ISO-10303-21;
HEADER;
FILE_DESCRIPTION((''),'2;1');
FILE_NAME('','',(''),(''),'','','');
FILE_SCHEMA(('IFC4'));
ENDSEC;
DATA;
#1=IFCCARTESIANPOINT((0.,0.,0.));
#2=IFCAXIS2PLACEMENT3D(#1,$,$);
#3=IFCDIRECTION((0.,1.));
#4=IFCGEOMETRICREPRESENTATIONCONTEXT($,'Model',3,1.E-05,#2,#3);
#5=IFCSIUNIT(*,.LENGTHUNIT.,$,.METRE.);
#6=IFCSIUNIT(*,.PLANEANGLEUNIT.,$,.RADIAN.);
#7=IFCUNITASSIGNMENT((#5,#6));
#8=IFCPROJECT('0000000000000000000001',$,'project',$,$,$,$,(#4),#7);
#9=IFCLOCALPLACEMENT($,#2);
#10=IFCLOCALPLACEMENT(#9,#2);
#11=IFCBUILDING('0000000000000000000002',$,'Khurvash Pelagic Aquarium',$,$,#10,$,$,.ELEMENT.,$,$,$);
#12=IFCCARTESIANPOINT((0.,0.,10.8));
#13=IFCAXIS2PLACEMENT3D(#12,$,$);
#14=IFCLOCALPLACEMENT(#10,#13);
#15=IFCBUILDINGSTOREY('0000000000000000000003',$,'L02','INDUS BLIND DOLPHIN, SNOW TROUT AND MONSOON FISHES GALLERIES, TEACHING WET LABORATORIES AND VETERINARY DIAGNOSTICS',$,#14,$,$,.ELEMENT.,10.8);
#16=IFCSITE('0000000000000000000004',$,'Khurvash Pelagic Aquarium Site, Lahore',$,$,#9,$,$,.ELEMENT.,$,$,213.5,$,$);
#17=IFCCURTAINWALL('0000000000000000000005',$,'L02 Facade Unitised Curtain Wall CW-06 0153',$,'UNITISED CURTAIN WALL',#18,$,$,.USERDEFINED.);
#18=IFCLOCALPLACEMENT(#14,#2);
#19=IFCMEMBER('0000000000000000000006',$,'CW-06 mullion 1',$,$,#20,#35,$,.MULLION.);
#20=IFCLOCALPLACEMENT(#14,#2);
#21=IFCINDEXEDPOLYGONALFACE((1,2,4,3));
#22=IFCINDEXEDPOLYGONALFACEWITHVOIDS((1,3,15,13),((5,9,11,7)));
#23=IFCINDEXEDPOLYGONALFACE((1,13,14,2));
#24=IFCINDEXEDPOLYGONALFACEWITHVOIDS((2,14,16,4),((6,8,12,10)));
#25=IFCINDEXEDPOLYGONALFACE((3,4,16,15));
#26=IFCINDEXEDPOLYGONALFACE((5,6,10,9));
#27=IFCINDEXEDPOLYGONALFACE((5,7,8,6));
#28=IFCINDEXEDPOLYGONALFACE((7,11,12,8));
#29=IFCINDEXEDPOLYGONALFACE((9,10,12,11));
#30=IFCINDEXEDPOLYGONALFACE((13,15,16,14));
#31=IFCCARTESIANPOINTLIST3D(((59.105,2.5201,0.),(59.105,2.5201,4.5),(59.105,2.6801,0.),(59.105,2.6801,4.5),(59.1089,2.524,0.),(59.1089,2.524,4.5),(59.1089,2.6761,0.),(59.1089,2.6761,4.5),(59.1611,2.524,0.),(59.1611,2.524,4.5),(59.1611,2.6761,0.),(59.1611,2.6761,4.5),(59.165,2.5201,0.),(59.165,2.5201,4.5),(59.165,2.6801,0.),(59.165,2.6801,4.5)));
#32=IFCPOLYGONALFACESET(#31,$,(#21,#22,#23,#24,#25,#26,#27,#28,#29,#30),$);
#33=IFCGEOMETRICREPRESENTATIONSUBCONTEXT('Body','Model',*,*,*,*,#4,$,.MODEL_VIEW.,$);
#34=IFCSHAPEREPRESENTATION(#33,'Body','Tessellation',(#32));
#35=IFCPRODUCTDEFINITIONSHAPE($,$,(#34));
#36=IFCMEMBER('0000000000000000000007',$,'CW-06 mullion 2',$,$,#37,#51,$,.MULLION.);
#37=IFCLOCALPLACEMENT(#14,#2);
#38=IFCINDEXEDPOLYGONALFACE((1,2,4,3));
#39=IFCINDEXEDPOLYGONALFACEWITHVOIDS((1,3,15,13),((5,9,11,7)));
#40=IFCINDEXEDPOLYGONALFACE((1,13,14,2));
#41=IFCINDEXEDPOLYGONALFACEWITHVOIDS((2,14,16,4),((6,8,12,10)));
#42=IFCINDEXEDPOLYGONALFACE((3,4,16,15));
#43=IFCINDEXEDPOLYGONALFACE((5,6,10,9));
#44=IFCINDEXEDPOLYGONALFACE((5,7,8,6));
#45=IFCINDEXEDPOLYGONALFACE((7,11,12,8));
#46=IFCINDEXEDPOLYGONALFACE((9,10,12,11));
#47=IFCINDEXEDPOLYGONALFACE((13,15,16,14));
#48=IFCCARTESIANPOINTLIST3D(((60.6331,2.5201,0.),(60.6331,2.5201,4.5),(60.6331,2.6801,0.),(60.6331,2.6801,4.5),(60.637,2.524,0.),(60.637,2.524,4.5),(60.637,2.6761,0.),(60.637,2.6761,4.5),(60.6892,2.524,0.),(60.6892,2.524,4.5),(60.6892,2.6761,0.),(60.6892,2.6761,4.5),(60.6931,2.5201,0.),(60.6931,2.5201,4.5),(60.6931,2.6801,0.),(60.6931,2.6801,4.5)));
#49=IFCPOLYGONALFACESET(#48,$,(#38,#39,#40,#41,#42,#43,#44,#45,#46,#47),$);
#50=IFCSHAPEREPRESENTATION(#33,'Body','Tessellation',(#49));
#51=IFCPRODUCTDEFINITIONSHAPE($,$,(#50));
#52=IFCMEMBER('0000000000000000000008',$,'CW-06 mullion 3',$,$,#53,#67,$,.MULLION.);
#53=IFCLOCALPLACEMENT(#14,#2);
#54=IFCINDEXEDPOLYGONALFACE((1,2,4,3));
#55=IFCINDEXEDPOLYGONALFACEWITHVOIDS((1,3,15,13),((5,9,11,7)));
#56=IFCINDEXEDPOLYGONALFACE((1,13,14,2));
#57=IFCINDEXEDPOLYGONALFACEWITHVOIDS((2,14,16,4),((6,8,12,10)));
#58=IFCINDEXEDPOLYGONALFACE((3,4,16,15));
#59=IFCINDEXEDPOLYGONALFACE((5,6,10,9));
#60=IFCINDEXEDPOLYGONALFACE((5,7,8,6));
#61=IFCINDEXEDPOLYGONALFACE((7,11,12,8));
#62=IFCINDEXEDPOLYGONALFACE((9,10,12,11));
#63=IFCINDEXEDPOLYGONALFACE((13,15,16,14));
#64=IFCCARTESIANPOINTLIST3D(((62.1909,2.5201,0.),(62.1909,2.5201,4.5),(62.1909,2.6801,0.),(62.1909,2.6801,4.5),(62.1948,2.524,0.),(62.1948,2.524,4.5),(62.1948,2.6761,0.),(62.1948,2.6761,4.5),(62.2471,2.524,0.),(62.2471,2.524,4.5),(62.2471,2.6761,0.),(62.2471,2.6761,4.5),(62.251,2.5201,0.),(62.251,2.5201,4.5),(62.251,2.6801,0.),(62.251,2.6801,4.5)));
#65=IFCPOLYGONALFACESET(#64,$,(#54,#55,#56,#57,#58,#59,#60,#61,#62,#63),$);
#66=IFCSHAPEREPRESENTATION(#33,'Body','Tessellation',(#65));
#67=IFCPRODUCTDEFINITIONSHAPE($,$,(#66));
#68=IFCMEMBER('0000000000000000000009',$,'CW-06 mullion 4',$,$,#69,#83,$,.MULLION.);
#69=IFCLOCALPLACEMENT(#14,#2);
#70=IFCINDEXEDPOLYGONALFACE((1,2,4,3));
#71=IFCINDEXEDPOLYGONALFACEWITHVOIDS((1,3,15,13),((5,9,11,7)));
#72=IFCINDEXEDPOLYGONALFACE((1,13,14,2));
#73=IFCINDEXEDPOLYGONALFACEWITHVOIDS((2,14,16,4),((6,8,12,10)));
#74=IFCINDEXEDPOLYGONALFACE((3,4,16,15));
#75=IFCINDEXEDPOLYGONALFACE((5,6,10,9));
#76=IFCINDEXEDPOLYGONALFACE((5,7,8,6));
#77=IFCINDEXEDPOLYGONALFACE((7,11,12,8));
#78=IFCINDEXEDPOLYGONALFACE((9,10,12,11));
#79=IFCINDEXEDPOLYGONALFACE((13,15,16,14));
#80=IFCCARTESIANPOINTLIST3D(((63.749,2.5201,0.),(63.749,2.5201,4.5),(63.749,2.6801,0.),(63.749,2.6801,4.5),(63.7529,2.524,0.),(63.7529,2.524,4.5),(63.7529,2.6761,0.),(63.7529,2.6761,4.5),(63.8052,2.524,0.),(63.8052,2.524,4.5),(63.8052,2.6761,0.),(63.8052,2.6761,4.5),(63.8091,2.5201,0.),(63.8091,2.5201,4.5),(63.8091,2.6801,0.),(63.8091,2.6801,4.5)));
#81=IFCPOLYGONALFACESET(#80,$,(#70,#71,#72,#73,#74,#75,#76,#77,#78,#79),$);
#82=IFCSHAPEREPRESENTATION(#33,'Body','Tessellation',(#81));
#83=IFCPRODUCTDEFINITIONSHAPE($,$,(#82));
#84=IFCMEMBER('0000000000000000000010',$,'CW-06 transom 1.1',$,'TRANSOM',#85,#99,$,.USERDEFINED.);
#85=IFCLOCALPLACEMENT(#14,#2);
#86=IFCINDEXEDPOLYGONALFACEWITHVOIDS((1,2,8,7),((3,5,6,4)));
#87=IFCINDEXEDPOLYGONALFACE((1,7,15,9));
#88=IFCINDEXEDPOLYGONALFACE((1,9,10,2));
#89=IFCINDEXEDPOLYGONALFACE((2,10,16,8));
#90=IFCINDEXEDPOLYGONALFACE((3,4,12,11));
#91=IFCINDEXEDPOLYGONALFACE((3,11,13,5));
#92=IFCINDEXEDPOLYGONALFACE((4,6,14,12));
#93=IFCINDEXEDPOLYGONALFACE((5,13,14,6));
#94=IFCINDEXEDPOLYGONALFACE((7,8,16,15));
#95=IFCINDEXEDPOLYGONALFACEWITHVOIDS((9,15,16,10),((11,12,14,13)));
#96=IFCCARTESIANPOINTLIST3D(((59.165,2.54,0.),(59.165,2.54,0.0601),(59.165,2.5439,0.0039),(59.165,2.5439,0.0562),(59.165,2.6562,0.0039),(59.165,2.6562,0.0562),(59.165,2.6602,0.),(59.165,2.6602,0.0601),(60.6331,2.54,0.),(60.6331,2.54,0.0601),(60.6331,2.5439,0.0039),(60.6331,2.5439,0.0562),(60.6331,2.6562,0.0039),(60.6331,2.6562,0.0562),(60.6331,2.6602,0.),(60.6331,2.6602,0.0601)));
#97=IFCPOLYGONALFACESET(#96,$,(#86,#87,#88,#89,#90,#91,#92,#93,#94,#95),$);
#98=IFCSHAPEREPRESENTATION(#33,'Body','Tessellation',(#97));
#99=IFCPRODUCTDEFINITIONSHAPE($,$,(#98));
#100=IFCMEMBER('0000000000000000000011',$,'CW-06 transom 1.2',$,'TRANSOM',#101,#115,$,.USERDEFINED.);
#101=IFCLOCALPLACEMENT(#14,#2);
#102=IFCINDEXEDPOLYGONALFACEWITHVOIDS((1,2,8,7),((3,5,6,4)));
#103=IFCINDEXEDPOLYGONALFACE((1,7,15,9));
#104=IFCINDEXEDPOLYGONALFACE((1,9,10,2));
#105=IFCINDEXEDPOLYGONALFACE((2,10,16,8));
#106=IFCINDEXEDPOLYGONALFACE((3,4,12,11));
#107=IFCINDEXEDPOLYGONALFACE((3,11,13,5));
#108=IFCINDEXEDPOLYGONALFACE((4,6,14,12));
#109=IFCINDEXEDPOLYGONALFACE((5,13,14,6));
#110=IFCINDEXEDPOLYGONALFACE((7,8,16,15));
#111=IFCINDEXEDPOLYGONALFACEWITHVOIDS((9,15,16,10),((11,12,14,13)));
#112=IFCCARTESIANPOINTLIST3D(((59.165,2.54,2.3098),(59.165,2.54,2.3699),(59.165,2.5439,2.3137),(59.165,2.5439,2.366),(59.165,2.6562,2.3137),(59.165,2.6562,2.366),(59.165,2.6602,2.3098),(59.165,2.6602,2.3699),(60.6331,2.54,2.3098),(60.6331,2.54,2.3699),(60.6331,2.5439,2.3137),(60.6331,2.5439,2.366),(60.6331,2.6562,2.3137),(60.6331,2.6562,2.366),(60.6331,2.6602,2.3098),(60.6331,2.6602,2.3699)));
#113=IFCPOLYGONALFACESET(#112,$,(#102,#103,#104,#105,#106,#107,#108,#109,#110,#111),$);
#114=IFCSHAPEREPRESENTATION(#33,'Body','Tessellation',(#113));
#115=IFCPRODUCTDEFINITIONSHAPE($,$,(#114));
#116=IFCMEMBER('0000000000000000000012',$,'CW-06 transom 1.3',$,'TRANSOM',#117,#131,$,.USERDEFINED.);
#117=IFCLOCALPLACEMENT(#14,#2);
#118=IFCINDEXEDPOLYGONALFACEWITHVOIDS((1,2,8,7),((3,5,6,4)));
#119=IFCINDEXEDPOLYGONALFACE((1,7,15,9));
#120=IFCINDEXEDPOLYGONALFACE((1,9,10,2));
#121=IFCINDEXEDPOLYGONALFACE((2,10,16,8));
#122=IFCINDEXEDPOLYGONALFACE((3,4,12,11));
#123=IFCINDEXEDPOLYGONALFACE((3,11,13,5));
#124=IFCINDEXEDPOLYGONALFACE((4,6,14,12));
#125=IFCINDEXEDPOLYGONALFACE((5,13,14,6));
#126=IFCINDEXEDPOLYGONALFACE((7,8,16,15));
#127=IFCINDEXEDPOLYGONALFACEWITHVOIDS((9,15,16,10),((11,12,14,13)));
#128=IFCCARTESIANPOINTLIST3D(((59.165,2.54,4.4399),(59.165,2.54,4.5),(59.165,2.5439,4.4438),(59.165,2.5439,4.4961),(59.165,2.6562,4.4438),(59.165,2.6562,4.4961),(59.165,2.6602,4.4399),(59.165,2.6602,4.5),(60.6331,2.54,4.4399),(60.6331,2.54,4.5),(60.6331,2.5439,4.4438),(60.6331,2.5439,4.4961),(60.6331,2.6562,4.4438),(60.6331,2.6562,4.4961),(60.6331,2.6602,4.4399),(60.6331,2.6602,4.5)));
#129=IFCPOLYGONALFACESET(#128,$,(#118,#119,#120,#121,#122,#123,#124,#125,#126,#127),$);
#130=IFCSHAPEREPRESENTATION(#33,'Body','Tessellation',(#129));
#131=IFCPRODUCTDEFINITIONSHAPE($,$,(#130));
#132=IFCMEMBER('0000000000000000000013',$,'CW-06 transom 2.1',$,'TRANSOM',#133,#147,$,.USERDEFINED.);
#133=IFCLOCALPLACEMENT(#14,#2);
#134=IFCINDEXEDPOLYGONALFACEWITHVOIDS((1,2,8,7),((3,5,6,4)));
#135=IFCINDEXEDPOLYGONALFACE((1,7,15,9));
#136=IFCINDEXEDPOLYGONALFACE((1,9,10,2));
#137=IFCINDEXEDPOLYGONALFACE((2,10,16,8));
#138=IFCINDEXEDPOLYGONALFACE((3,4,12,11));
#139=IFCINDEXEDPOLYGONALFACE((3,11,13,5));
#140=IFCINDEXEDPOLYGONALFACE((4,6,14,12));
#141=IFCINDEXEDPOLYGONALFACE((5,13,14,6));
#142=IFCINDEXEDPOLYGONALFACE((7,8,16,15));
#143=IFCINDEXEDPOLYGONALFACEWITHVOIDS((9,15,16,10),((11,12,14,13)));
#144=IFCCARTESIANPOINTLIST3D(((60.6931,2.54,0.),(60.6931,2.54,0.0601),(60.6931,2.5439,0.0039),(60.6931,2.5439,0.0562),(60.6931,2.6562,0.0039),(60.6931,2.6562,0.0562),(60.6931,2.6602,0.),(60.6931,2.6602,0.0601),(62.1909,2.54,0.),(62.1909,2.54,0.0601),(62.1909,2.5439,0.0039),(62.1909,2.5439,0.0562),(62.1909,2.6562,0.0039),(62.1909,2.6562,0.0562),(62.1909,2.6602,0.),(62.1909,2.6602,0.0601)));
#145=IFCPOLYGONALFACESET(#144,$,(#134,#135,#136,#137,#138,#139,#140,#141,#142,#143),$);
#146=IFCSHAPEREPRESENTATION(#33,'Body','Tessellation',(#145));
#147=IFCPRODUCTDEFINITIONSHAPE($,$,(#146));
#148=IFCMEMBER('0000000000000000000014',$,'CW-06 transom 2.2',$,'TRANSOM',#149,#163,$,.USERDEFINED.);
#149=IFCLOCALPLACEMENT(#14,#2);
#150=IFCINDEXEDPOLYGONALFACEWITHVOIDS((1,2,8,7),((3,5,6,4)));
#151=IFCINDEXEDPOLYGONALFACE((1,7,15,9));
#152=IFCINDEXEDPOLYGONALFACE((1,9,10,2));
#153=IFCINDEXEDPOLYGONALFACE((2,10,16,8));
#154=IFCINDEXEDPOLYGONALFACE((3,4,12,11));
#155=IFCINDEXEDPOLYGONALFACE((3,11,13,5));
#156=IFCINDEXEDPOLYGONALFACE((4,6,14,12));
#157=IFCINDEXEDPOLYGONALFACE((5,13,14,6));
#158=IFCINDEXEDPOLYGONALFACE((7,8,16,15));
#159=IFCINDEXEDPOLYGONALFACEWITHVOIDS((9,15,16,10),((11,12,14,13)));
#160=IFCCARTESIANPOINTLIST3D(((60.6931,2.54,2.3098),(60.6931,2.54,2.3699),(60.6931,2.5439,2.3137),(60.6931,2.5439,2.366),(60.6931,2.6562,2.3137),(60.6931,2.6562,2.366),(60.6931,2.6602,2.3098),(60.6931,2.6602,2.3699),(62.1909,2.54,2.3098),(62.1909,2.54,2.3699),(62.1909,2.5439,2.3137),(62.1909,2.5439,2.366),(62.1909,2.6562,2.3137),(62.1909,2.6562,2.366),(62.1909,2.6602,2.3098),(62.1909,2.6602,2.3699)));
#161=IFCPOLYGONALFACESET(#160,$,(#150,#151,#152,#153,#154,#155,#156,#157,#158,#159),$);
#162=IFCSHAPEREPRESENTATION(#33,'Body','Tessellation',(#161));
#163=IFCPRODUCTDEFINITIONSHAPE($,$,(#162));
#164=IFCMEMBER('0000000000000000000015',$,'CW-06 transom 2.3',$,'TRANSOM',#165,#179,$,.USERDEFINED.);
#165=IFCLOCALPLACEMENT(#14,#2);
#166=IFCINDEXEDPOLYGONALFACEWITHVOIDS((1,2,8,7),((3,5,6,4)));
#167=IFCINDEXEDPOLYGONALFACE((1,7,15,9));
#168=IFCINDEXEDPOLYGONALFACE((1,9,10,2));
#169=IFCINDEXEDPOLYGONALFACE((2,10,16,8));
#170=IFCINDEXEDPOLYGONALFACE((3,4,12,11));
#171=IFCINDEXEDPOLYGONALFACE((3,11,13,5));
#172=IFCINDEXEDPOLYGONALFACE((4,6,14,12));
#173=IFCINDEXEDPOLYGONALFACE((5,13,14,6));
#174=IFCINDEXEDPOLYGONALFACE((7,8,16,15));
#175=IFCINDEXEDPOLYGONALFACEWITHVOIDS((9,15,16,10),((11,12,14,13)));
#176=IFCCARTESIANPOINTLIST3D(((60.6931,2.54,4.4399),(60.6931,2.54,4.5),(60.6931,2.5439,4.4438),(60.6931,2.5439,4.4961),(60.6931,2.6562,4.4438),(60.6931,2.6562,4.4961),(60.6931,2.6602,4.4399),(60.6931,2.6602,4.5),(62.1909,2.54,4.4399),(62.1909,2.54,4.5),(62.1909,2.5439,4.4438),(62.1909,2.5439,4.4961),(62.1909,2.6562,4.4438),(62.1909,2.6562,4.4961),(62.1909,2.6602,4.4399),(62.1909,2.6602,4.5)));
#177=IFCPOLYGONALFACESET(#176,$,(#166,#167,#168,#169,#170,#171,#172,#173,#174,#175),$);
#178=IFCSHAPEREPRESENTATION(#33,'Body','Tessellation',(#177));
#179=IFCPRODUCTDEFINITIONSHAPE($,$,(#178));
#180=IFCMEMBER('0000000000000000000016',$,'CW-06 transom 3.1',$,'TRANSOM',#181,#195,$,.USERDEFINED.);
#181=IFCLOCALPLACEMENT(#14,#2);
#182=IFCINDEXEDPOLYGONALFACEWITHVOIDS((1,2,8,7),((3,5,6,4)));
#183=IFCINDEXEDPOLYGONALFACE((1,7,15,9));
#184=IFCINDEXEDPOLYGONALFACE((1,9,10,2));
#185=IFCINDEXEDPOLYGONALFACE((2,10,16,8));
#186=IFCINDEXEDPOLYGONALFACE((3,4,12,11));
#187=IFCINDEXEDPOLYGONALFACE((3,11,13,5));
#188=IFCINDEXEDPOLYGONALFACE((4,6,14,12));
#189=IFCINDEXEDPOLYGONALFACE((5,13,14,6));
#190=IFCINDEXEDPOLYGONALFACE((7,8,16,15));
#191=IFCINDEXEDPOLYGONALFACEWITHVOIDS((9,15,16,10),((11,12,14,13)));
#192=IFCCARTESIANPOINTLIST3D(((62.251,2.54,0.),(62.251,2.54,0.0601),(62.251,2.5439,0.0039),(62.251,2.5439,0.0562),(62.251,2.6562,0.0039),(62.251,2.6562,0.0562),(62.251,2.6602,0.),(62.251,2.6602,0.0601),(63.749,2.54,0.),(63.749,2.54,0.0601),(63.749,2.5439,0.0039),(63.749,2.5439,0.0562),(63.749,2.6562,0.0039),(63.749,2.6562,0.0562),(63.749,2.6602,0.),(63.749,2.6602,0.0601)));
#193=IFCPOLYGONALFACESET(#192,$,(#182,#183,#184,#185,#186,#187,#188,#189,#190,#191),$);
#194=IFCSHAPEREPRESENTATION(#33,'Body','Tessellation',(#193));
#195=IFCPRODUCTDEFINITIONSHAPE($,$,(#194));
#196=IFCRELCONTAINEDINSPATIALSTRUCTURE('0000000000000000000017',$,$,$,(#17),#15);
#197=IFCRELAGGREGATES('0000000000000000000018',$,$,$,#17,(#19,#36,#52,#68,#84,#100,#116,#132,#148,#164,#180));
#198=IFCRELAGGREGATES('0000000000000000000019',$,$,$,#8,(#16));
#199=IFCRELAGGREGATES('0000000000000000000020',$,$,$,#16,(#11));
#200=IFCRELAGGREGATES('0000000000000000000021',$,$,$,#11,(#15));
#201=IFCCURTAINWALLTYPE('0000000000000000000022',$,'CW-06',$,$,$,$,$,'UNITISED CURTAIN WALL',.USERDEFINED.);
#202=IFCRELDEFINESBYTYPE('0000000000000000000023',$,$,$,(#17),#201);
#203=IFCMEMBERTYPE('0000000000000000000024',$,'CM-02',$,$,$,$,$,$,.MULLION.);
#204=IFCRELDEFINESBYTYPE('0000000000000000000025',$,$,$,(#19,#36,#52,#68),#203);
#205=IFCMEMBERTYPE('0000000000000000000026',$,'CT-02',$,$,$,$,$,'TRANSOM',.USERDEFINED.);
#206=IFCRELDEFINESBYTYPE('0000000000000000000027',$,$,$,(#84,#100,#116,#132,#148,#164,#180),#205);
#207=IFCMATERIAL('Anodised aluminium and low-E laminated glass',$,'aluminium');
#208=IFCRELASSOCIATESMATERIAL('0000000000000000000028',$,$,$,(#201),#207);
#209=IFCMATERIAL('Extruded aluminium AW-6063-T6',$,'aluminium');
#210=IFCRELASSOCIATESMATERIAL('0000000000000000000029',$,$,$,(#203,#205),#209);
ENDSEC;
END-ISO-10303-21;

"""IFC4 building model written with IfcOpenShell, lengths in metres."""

from ifc_helpers import new_model, si_unit, direction, frame, origin, origin_2d, place, context, subcontext, project, spatial, hollow_rectangle, extrude, material, material_profile, profile_set, type_object, element, aggregate, save


model = new_model("IFC4")

# Units and contexts
model_context = context("Model", 3, precision=1e-05, world=origin(), true_north=direction((0.0, 1.0)))
body_context = subcontext(model_context, "Body", "Model", "MODEL_VIEW")
ifc_project = project(units=[si_unit("LENGTHUNIT", "METRE"), si_unit("PLANEANGLEUNIT", "RADIAN")], contexts=[model_context])

# Site, building, storey
site_placement = place(None, origin())
site = spatial("IfcSite", under=ifc_project, at=site_placement, Name="Khurvash Pelagic Aquarium Site, Lahore", CompositionType="ELEMENT", RefElevation=213.5)
building_placement = place(site_placement, origin())
building = spatial("IfcBuilding", under=site, at=building_placement, Name="Khurvash Pelagic Aquarium", CompositionType="ELEMENT")
storey_placement = place(building_placement, frame((0.0, 0.0, 10.8)))
storey = spatial("IfcBuildingStorey", under=building, at=storey_placement, Name="L02", Description="INDUS BLIND DOLPHIN, SNOW TROUT AND MONSOON FISHES GALLERIES, TEACHING WET LABORATORIES AND VETERINARY DIAGNOSTICS", CompositionType="ELEMENT", Elevation=10.8)

# Curtain wall, members
ifc_material_1 = material(Name="Anodised aluminium and low-E laminated glass", Category="aluminium")
curtain_wall_type = type_object("IfcCurtainWallType", Name="CW-06", ElementType="UNITISED CURTAIN WALL", PredefinedType="USERDEFINED", material=ifc_material_1)
curtain_wall_placement = place(storey_placement, origin())
curtain_wall = element("IfcCurtainWall", 1, at=curtain_wall_placement, inside=storey, type_object=curtain_wall_type, Name="L02 Facade Unitised Curtain Wall CW-06 0153", ObjectType="UNITISED CURTAIN WALL", PredefinedType="USERDEFINED")
ifc_material_2 = material(Name="Extruded aluminium AW-6063-T6", Category="aluminium")
ifc_material_profile_1 = material_profile(ifc_material_2, hollow_rectangle(XDim=0.0601, YDim=0.1599, WallThickness=0.0039, at=origin_2d()), Name="CWM60X160X4")
ifc_profile_set_1 = profile_set([ifc_material_profile_1], Name="Extruded aluminium AW-6063-T6")
member_type_1 = type_object("IfcMemberType", Name="CM-02", PredefinedType="MULLION", material=ifc_profile_set_1)
member_1_placement = place(storey_placement, frame((59.135, 2.6001, 0.0), z_axis=(0.0, 0.0, 1.0), x_axis=(1.0, 0.0, 0.0)))
member_1 = element("IfcMember", 2, at=member_1_placement, type_object=member_type_1, Name="CW-06 mullion 1", PredefinedType="MULLION", context=body_context, shape_type="SweptSolid", body=[
    extrude(hollow_rectangle(XDim=0.0601, YDim=0.1599, WallThickness=0.0039, at=origin_2d()), origin(), (0.0, 0.0, 1.0), 4.5),
])
member_2_placement = place(storey_placement, frame((60.6631, 2.6001, 0.0), z_axis=(0.0, 0.0, 1.0), x_axis=(1.0, 0.0, 0.0)))
member_2 = element("IfcMember", 3, at=member_2_placement, type_object=member_type_1, Name="CW-06 mullion 2", PredefinedType="MULLION", context=body_context, shape_type="SweptSolid", body=[
    extrude(hollow_rectangle(XDim=0.0601, YDim=0.1599, WallThickness=0.0039, at=origin_2d()), origin(), (0.0, 0.0, 1.0), 4.5),
])
member_3_placement = place(storey_placement, frame((62.2209, 2.6001, 0.0), z_axis=(0.0, 0.0, 1.0), x_axis=(1.0, 0.0, 0.0)))
member_3 = element("IfcMember", 4, at=member_3_placement, type_object=member_type_1, Name="CW-06 mullion 3", PredefinedType="MULLION", context=body_context, shape_type="SweptSolid", body=[
    extrude(hollow_rectangle(XDim=0.0601, YDim=0.1599, WallThickness=0.0039, at=origin_2d()), origin(), (0.0, 0.0, 1.0), 4.5),
])
member_4_placement = place(storey_placement, frame((63.7791, 2.6001, 0.0), z_axis=(0.0, 0.0, 1.0), x_axis=(1.0, 0.0, 0.0)))
member_4 = element("IfcMember", 5, at=member_4_placement, type_object=member_type_1, Name="CW-06 mullion 4", PredefinedType="MULLION", context=body_context, shape_type="SweptSolid", body=[
    extrude(hollow_rectangle(XDim=0.0601, YDim=0.1599, WallThickness=0.0039, at=origin_2d()), origin(), (0.0, 0.0, 1.0), 4.5),
])
ifc_material_profile_2 = material_profile(ifc_material_2, hollow_rectangle(XDim=0.1201, YDim=0.0601, WallThickness=0.0039, at=origin_2d()), Name="CWT120X60X4")
ifc_profile_set_2 = profile_set([ifc_material_profile_2], Name="Extruded aluminium AW-6063-T6")
member_type_2 = type_object("IfcMemberType", Name="CT-02", ElementType="TRANSOM", PredefinedType="USERDEFINED", material=ifc_profile_set_2)
member_5_placement = place(storey_placement, frame((59.165, 2.6001, 0.03), z_axis=(1.0, 0.0, 0.0), x_axis=(0.0, 1.0, 0.0)))
member_5 = element("IfcMember", 6, at=member_5_placement, type_object=member_type_2, Name="CW-06 transom 1.1", ObjectType="TRANSOM", PredefinedType="USERDEFINED", context=body_context, shape_type="SweptSolid", body=[
    extrude(hollow_rectangle(XDim=0.1201, YDim=0.0601, WallThickness=0.0039, at=origin_2d()), origin(), (0.0, 0.0, 1.0), 1.468),
])
member_6_placement = place(storey_placement, frame((59.165, 2.6001, 2.3398), z_axis=(1.0, 0.0, 0.0), x_axis=(0.0, 1.0, 0.0)))
member_6 = element("IfcMember", 7, at=member_6_placement, type_object=member_type_2, Name="CW-06 transom 1.2", ObjectType="TRANSOM", PredefinedType="USERDEFINED", context=body_context, shape_type="SweptSolid", body=[
    extrude(hollow_rectangle(XDim=0.1201, YDim=0.0601, WallThickness=0.0039, at=origin_2d()), origin(), (0.0, 0.0, 1.0), 1.468),
])
member_7_placement = place(storey_placement, frame((59.165, 2.6001, 4.47), z_axis=(1.0, 0.0, 0.0), x_axis=(0.0, 1.0, 0.0)))
member_7 = element("IfcMember", 8, at=member_7_placement, type_object=member_type_2, Name="CW-06 transom 1.3", ObjectType="TRANSOM", PredefinedType="USERDEFINED", context=body_context, shape_type="SweptSolid", body=[
    extrude(hollow_rectangle(XDim=0.1201, YDim=0.0601, WallThickness=0.0039, at=origin_2d()), origin(), (0.0, 0.0, 1.0), 1.468),
])
member_8_placement = place(storey_placement, frame((60.6931, 2.6001, 0.03), z_axis=(1.0, 0.0, 0.0), x_axis=(0.0, 1.0, 0.0)))
member_8 = element("IfcMember", 9, at=member_8_placement, type_object=member_type_2, Name="CW-06 transom 2.1", ObjectType="TRANSOM", PredefinedType="USERDEFINED", context=body_context, shape_type="SweptSolid", body=[
    extrude(hollow_rectangle(XDim=0.1201, YDim=0.0601, WallThickness=0.0039, at=origin_2d()), origin(), (0.0, 0.0, 1.0), 1.4978),
])
member_9_placement = place(storey_placement, frame((60.6931, 2.6001, 2.3398), z_axis=(1.0, 0.0, 0.0), x_axis=(0.0, 1.0, 0.0)))
member_9 = element("IfcMember", 10, at=member_9_placement, type_object=member_type_2, Name="CW-06 transom 2.2", ObjectType="TRANSOM", PredefinedType="USERDEFINED", context=body_context, shape_type="SweptSolid", body=[
    extrude(hollow_rectangle(XDim=0.1201, YDim=0.0601, WallThickness=0.0039, at=origin_2d()), origin(), (0.0, 0.0, 1.0), 1.4978),
])
member_10_placement = place(storey_placement, frame((60.6931, 2.6001, 4.47), z_axis=(1.0, 0.0, 0.0), x_axis=(0.0, 1.0, 0.0)))
member_10 = element("IfcMember", 11, at=member_10_placement, type_object=member_type_2, Name="CW-06 transom 2.3", ObjectType="TRANSOM", PredefinedType="USERDEFINED", context=body_context, shape_type="SweptSolid", body=[
    extrude(hollow_rectangle(XDim=0.1201, YDim=0.0601, WallThickness=0.0039, at=origin_2d()), origin(), (0.0, 0.0, 1.0), 1.4978),
])
member_11_placement = place(storey_placement, frame((62.251, 2.6001, 0.03), z_axis=(1.0, 0.0, 0.0), x_axis=(0.0, 1.0, 0.0)))
member_11 = element("IfcMember", 12, at=member_11_placement, type_object=member_type_2, Name="CW-06 transom 3.1", ObjectType="TRANSOM", PredefinedType="USERDEFINED", context=body_context, shape_type="SweptSolid", body=[
    extrude(hollow_rectangle(XDim=0.1201, YDim=0.0601, WallThickness=0.0039, at=origin_2d()), origin(), (0.0, 0.0, 1.0), 1.498),
])
aggregate(curtain_wall, [member_1, member_2, member_3, member_4, member_5, member_6, member_7, member_8, member_9, member_10, member_11])

save(model, "model.ifc")
